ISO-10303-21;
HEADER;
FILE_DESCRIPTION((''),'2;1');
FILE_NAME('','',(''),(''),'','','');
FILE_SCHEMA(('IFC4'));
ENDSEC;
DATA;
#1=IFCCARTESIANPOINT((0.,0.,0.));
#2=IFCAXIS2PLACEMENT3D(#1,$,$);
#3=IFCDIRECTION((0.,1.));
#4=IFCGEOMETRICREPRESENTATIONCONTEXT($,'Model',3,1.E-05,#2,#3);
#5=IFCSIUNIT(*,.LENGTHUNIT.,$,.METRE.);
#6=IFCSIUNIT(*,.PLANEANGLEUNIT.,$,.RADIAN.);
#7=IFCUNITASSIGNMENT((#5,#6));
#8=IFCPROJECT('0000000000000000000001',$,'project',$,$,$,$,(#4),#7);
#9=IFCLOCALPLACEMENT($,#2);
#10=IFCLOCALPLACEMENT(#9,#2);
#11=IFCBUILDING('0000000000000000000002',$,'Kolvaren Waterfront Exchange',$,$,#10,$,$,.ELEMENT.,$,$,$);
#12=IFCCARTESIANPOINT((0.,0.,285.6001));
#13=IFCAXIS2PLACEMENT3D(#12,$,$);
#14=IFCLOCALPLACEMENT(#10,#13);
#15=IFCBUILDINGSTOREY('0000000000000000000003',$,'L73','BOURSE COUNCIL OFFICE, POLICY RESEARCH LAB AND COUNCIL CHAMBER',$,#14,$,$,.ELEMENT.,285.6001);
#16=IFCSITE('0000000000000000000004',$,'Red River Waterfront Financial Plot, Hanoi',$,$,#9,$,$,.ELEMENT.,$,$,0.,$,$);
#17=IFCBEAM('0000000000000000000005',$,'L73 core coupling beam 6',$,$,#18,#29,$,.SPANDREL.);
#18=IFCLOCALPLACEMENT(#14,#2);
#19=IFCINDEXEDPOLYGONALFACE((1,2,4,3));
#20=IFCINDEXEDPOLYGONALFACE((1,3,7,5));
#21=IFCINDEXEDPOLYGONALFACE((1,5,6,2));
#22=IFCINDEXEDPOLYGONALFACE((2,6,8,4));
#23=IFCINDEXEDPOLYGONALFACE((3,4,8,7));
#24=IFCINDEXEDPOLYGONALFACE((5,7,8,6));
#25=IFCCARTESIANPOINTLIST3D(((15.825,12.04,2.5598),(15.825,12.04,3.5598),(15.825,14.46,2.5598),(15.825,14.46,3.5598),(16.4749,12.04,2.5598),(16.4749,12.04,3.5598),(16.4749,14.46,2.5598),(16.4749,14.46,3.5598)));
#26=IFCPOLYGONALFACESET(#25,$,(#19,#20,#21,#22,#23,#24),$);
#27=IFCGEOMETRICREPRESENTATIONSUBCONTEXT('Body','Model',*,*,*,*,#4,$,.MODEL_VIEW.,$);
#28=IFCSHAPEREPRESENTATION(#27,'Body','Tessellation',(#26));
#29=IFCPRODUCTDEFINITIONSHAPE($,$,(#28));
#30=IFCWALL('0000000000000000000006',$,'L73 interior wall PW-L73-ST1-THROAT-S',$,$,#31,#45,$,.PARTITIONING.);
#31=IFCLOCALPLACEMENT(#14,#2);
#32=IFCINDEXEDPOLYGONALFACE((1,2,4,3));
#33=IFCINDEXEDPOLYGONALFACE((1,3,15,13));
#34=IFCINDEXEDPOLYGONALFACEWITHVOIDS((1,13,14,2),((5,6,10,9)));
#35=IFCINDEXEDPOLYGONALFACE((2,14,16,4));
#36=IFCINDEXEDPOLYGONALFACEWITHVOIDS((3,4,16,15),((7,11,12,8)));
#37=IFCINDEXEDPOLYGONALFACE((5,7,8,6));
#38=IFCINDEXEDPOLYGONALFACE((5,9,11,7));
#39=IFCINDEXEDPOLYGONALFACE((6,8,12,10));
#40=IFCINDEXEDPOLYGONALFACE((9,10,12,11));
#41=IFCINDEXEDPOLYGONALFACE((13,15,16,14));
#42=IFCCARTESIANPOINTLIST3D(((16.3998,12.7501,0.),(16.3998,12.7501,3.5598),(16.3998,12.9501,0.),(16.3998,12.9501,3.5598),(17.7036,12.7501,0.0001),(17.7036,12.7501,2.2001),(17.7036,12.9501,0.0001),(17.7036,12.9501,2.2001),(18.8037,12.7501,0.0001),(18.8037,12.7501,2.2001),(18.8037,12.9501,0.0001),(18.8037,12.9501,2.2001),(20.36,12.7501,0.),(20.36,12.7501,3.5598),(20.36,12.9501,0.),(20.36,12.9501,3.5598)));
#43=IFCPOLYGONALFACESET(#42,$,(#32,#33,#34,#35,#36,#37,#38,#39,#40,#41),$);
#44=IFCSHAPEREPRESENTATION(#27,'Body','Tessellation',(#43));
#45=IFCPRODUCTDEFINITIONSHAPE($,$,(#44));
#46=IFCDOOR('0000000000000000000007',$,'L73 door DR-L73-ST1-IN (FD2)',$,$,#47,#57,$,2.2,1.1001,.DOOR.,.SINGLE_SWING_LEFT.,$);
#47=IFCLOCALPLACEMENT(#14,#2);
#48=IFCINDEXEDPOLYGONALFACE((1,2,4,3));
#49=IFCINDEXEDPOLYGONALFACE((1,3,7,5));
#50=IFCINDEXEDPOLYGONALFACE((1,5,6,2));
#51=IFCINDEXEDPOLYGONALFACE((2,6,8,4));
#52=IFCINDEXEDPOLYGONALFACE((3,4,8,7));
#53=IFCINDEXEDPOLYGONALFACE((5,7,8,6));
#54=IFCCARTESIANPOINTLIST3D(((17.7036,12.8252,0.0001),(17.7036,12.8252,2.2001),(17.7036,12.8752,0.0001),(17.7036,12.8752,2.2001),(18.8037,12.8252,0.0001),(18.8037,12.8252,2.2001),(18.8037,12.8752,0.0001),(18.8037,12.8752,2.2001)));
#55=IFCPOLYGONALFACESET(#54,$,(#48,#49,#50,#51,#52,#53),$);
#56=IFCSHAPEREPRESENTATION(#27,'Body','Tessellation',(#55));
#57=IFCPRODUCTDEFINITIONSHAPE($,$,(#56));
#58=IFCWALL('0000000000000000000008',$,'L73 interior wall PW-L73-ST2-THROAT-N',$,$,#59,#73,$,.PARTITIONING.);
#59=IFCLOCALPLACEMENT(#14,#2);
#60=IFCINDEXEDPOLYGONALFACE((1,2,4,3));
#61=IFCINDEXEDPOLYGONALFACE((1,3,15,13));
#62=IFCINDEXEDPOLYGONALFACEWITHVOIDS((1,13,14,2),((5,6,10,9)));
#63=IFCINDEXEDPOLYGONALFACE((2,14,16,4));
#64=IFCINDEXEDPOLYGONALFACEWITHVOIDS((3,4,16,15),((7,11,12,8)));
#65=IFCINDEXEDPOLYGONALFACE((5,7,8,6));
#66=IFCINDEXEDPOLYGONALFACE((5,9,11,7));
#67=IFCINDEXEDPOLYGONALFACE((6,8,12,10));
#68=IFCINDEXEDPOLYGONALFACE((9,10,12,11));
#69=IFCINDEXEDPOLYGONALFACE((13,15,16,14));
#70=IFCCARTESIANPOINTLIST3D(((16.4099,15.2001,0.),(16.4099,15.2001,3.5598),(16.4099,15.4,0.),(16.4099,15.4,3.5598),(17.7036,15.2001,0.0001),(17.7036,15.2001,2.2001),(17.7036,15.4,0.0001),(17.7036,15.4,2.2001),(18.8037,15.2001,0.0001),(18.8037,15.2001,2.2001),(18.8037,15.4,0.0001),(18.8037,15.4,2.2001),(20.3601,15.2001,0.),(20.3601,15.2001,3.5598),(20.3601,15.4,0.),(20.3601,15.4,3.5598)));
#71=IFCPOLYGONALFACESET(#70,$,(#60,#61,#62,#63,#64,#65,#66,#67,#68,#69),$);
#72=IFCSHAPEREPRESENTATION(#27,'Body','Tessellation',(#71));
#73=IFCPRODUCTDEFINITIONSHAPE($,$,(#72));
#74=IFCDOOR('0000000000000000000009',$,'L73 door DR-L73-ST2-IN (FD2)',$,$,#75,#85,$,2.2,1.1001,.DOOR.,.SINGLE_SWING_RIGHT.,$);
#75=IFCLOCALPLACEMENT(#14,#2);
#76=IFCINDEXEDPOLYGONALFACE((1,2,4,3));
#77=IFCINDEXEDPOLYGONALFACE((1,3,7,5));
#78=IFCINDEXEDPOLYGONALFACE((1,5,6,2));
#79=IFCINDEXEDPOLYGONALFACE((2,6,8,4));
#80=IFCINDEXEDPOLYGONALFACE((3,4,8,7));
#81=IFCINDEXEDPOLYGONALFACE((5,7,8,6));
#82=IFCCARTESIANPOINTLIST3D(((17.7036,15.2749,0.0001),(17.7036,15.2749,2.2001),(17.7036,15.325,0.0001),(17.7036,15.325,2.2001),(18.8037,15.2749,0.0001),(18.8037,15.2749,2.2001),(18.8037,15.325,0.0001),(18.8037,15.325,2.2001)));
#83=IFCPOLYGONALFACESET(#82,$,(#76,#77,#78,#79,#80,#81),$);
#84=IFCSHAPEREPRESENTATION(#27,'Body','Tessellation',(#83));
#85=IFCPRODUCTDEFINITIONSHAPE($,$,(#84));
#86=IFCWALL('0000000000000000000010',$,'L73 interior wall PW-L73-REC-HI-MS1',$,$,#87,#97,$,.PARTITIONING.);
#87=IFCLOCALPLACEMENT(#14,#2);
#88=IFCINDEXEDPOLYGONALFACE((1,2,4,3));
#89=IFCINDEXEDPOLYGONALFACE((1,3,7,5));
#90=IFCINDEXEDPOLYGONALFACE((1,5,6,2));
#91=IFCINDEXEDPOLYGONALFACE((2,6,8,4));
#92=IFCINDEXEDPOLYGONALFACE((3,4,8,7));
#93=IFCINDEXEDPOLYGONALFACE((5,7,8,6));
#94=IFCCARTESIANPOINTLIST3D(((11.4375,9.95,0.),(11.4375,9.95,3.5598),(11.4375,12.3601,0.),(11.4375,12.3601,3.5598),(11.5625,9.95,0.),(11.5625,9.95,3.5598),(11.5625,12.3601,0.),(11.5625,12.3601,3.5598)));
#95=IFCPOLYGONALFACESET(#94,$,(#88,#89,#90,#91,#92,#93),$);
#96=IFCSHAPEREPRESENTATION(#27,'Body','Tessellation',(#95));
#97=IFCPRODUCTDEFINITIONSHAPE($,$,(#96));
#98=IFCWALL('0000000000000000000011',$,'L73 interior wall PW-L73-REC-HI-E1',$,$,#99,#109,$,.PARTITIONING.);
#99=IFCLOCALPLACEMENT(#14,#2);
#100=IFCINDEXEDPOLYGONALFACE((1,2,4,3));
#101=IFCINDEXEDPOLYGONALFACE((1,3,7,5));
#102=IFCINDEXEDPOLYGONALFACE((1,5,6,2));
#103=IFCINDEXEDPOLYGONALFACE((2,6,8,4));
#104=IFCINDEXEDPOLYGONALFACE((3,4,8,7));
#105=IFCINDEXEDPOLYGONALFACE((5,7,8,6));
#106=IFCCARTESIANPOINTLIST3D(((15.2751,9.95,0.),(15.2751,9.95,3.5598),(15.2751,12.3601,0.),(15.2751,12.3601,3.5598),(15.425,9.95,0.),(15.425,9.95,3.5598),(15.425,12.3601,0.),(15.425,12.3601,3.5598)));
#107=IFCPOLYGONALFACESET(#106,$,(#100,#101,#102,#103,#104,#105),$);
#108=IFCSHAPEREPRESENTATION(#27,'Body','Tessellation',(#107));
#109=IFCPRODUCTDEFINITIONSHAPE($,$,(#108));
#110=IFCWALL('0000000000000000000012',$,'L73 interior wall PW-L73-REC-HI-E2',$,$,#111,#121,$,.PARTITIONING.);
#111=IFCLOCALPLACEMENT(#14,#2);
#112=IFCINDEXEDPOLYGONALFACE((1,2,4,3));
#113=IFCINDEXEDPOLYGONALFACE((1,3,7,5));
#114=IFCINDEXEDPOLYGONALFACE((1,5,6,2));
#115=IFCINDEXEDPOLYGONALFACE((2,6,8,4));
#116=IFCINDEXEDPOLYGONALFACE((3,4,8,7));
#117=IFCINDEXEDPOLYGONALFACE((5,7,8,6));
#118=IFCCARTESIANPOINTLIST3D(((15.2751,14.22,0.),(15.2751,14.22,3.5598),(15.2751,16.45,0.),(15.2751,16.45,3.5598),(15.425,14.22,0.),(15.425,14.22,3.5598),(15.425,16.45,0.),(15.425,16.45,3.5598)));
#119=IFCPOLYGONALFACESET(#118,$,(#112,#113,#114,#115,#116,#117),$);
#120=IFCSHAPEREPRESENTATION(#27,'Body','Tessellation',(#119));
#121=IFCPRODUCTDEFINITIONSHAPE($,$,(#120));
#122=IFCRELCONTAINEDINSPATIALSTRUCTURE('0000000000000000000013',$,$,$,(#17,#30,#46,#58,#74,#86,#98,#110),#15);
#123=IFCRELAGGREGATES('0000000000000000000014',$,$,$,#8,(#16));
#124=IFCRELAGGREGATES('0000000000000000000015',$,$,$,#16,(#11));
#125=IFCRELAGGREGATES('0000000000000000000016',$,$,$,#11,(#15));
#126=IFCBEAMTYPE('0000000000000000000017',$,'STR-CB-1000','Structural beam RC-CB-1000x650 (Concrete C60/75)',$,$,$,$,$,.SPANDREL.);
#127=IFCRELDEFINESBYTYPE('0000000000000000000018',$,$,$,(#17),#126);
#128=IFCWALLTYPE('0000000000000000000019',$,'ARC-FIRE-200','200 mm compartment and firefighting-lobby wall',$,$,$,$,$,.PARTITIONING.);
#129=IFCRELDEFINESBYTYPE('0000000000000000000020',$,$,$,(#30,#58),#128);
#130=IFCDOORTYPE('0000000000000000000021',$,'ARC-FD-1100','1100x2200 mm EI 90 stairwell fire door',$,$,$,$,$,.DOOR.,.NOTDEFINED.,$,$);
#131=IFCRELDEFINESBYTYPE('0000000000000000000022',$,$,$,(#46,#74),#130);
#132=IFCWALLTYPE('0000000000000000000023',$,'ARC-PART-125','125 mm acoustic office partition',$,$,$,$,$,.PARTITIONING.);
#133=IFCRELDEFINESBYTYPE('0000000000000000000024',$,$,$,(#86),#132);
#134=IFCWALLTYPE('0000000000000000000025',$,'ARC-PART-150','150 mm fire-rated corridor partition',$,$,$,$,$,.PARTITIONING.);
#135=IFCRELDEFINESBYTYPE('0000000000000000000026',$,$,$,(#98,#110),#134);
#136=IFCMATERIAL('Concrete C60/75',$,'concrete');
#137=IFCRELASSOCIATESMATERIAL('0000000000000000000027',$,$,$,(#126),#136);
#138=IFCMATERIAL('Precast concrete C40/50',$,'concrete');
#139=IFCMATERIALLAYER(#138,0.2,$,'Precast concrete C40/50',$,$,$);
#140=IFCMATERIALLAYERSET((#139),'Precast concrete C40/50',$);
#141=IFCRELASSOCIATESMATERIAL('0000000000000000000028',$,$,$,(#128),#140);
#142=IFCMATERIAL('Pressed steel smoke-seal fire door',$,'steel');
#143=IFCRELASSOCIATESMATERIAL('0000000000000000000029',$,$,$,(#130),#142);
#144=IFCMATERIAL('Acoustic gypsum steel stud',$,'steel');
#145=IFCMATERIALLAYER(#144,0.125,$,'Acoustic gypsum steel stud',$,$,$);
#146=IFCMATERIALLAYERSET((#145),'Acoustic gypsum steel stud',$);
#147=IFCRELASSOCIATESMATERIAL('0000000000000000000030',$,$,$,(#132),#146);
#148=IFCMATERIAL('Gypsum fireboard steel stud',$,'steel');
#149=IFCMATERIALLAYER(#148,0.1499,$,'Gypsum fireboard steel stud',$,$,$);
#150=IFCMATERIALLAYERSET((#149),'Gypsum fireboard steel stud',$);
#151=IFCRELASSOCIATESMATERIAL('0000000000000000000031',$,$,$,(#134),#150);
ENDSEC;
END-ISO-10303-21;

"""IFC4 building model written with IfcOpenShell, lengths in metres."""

from ifc_helpers import new_model, si_unit, direction, frame, frame_2d, origin, origin_2d, place, context, subcontext, project, spatial, rectangle, extrude, material, layer, layer_set, material_profile, profile_set, type_object, element, fill, save


model = new_model("IFC4")

# Units and contexts
model_context = context("Model", 3, precision=1e-05, world=origin(), true_north=direction((0.0, 1.0)))
body_context = subcontext(model_context, "Body", "Model", "MODEL_VIEW")
ifc_project = project(units=[si_unit("LENGTHUNIT", "METRE"), si_unit("PLANEANGLEUNIT", "RADIAN")], contexts=[model_context])

# Site, building, storey
site_placement = place(None, origin())
site = spatial("IfcSite", under=ifc_project, at=site_placement, Name="Red River Waterfront Financial Plot, Hanoi", CompositionType="ELEMENT", RefElevation=0.0)
building_placement = place(site_placement, origin())
building = spatial("IfcBuilding", under=site, at=building_placement, Name="Kolvaren Waterfront Exchange", CompositionType="ELEMENT")
storey_placement = place(building_placement, frame((0.0, 0.0, 285.6001)))
storey = spatial("IfcBuildingStorey", under=building, at=storey_placement, Name="L73", Description="BOURSE COUNCIL OFFICE, POLICY RESEARCH LAB AND COUNCIL CHAMBER", CompositionType="ELEMENT", Elevation=285.6001)

# Beam
ifc_material_1 = material(Name="Concrete C60/75", Category="concrete")
ifc_material_profile = material_profile(ifc_material_1, rectangle(XDim=0.6499, YDim=1.0, at=origin_2d()), Name="RC-CB-1000x650")
ifc_profile_set = profile_set([ifc_material_profile], Name="Concrete C60/75")
beam_type = type_object("IfcBeamType", Name="STR-CB-1000", Description="Structural beam RC-CB-1000x650 (Concrete C60/75)", PredefinedType="SPANDREL", material=ifc_profile_set)
beam_placement = place(storey_placement, frame((16.1499, 12.04, 3.0598), z_axis=(0.0, 1.0, 0.0), x_axis=(-1.0, 0.0, 0.0)))
element("IfcBeam", 1, at=beam_placement, inside=storey, type_object=beam_type, Name="L73 core coupling beam 6", PredefinedType="SPANDREL", context=body_context, shape_type="SweptSolid", body=[
    extrude(rectangle(XDim=0.6499, YDim=1.0, at=origin_2d()), origin(), (0.0, 0.0, 1.0), 2.4199),
])

# Walls, openings, doors
ifc_material_2 = material(Name="Precast concrete C40/50", Category="concrete")
ifc_layer_1 = layer(ifc_material_2, 0.2, Name="Precast concrete C40/50")
ifc_layer_set_1 = layer_set([ifc_layer_1], Name="Precast concrete C40/50")
wall_type_1 = type_object("IfcWallType", Name="ARC-FIRE-200", Description="200 mm compartment and firefighting-lobby wall", PredefinedType="PARTITIONING", material=ifc_layer_set_1)
wall_1_placement = place(storey_placement, frame((16.3999, 12.8501, 0.0), z_axis=(0.0, 0.0, 1.0), x_axis=(1.0, 0.0, 0.0)))
wall_1 = element("IfcWall", 2, at=wall_1_placement, inside=storey, type_object=wall_type_1, Name="L73 interior wall PW-L73-ST1-THROAT-S", PredefinedType="PARTITIONING", context=body_context, shape_type="SweptSolid", body=[
    extrude(rectangle(XDim=3.9602, YDim=0.2, at=frame_2d((1.98, 0.0))), origin(), (0.0, 0.0, 1.0), 3.5598),
])
opening_1_placement = place(wall_1_placement, frame((1.3037, 0.0, 0.0)))
opening_1 = element("IfcOpeningElement", 3, at=opening_1_placement, cuts=wall_1, PredefinedType="OPENING", context=body_context, shape_type="SweptSolid", body=[
    extrude(rectangle(XDim=1.1001, YDim=2.2, at=frame_2d((0.55, 1.1001))), frame((0.0, 0.1099, 0.0), z_axis=(0.0, -1.0, 0.0), x_axis=(1.0, 0.0, 0.0)), (0.0, 0.0, 1.0), 0.22),
])
ifc_material_3 = material(Name="Pressed steel smoke-seal fire door", Category="steel")
door_type_1 = type_object("IfcDoorType", Name="ARC-FD-1100", Description="1100x2200 mm EI 90 stairwell fire door", OperationType="NOTDEFINED", PredefinedType="DOOR", material=ifc_material_3)
door_1_placement = place(opening_1_placement, frame((1.1001, 0.0, 0.0), z_axis=(0.0, 0.0, 1.0), x_axis=(-1.0, 0.0, 0.0)))
door_1 = element("IfcDoor", 4, at=door_1_placement, inside=storey, type_object=door_type_1, Name="L73 door DR-L73-ST1-IN (FD2)", OperationType="SINGLE_SWING_LEFT", OverallHeight=2.2, OverallWidth=1.1001, PredefinedType="DOOR", context=body_context, shape_type="SweptSolid", body=[
    extrude(rectangle(XDim=1.1001, YDim=2.2, at=frame_2d((0.55, 1.1001))), frame((0.0, 0.0249, 0.0), z_axis=(0.0, -1.0, 0.0), x_axis=(1.0, 0.0, 0.0)), (0.0, 0.0, 1.0), 0.05),
])
fill(opening_1, door_1)
wall_2_placement = place(storey_placement, frame((16.4099, 15.3, 0.0), z_axis=(0.0, 0.0, 1.0), x_axis=(1.0, 0.0, 0.0)))
wall_2 = element("IfcWall", 5, at=wall_2_placement, inside=storey, type_object=wall_type_1, Name="L73 interior wall PW-L73-ST2-THROAT-N", PredefinedType="PARTITIONING", context=body_context, shape_type="SweptSolid", body=[
    extrude(rectangle(XDim=3.9502, YDim=0.2, at=frame_2d((1.9751, 0.0))), origin(), (0.0, 0.0, 1.0), 3.5598),
])
opening_2_placement = place(wall_2_placement, frame((1.2937, 0.0, 0.0)))
opening_2 = element("IfcOpeningElement", 6, at=opening_2_placement, cuts=wall_2, PredefinedType="OPENING", context=body_context, shape_type="SweptSolid", body=[
    extrude(rectangle(XDim=1.1001, YDim=2.2, at=frame_2d((0.55, 1.1001))), frame((0.0, 0.1099, 0.0), z_axis=(0.0, -1.0, 0.0), x_axis=(1.0, 0.0, 0.0)), (0.0, 0.0, 1.0), 0.22),
])
door_2_placement = place(opening_2_placement, origin())
door_2 = element("IfcDoor", 7, at=door_2_placement, inside=storey, type_object=door_type_1, Name="L73 door DR-L73-ST2-IN (FD2)", OperationType="SINGLE_SWING_RIGHT", OverallHeight=2.2, OverallWidth=1.1001, PredefinedType="DOOR", context=body_context, shape_type="SweptSolid", body=[
    extrude(rectangle(XDim=1.1001, YDim=2.2, at=frame_2d((0.55, 1.1001))), frame((0.0, 0.0249, 0.0), z_axis=(0.0, -1.0, 0.0), x_axis=(1.0, 0.0, 0.0)), (0.0, 0.0, 1.0), 0.05),
])
fill(opening_2, door_2)

# Walls
ifc_material_4 = material(Name="Acoustic gypsum steel stud", Category="steel")
ifc_layer_2 = layer(ifc_material_4, 0.125, Name="Acoustic gypsum steel stud")
ifc_layer_set_2 = layer_set([ifc_layer_2], Name="Acoustic gypsum steel stud")
wall_type_2 = type_object("IfcWallType", Name="ARC-PART-125", Description="125 mm acoustic office partition", PredefinedType="PARTITIONING", material=ifc_layer_set_2)
wall_3_placement = place(storey_placement, frame((11.5, 9.95, 0.0), z_axis=(0.0, 0.0, 1.0), x_axis=(0.0, 1.0, 0.0)))
element("IfcWall", 8, at=wall_3_placement, inside=storey, type_object=wall_type_2, Name="L73 interior wall PW-L73-REC-HI-MS1", PredefinedType="PARTITIONING", context=body_context, shape_type="SweptSolid", body=[
    extrude(rectangle(XDim=2.4102, YDim=0.125, at=frame_2d((1.2051, 0.0))), origin(), (0.0, 0.0, 1.0), 3.5598),
])
ifc_material_5 = material(Name="Gypsum fireboard steel stud", Category="steel")
ifc_layer_3 = layer(ifc_material_5, 0.1499, Name="Gypsum fireboard steel stud")
ifc_layer_set_3 = layer_set([ifc_layer_3], Name="Gypsum fireboard steel stud")
wall_type_3 = type_object("IfcWallType", Name="ARC-PART-150", Description="150 mm fire-rated corridor partition", PredefinedType="PARTITIONING", material=ifc_layer_set_3)
wall_4_placement = place(storey_placement, frame((15.3501, 9.95, 0.0), z_axis=(0.0, 0.0, 1.0), x_axis=(0.0, 1.0, 0.0)))
element("IfcWall", 9, at=wall_4_placement, inside=storey, type_object=wall_type_3, Name="L73 interior wall PW-L73-REC-HI-E1", PredefinedType="PARTITIONING", context=body_context, shape_type="SweptSolid", body=[
    extrude(rectangle(XDim=2.4102, YDim=0.1499, at=frame_2d((1.2051, 0.0))), origin(), (0.0, 0.0, 1.0), 3.5598),
])
wall_5_placement = place(storey_placement, frame((15.3501, 14.22, 0.0), z_axis=(0.0, 0.0, 1.0), x_axis=(0.0, 1.0, 0.0)))
element("IfcWall", 10, at=wall_5_placement, inside=storey, type_object=wall_type_3, Name="L73 interior wall PW-L73-REC-HI-E2", PredefinedType="PARTITIONING", context=body_context, shape_type="SweptSolid", body=[
    extrude(rectangle(XDim=2.23, YDim=0.1499, at=frame_2d((1.115, 0.0))), origin(), (0.0, 0.0, 1.0), 3.5598),
])

save(model, "model.ifc")
